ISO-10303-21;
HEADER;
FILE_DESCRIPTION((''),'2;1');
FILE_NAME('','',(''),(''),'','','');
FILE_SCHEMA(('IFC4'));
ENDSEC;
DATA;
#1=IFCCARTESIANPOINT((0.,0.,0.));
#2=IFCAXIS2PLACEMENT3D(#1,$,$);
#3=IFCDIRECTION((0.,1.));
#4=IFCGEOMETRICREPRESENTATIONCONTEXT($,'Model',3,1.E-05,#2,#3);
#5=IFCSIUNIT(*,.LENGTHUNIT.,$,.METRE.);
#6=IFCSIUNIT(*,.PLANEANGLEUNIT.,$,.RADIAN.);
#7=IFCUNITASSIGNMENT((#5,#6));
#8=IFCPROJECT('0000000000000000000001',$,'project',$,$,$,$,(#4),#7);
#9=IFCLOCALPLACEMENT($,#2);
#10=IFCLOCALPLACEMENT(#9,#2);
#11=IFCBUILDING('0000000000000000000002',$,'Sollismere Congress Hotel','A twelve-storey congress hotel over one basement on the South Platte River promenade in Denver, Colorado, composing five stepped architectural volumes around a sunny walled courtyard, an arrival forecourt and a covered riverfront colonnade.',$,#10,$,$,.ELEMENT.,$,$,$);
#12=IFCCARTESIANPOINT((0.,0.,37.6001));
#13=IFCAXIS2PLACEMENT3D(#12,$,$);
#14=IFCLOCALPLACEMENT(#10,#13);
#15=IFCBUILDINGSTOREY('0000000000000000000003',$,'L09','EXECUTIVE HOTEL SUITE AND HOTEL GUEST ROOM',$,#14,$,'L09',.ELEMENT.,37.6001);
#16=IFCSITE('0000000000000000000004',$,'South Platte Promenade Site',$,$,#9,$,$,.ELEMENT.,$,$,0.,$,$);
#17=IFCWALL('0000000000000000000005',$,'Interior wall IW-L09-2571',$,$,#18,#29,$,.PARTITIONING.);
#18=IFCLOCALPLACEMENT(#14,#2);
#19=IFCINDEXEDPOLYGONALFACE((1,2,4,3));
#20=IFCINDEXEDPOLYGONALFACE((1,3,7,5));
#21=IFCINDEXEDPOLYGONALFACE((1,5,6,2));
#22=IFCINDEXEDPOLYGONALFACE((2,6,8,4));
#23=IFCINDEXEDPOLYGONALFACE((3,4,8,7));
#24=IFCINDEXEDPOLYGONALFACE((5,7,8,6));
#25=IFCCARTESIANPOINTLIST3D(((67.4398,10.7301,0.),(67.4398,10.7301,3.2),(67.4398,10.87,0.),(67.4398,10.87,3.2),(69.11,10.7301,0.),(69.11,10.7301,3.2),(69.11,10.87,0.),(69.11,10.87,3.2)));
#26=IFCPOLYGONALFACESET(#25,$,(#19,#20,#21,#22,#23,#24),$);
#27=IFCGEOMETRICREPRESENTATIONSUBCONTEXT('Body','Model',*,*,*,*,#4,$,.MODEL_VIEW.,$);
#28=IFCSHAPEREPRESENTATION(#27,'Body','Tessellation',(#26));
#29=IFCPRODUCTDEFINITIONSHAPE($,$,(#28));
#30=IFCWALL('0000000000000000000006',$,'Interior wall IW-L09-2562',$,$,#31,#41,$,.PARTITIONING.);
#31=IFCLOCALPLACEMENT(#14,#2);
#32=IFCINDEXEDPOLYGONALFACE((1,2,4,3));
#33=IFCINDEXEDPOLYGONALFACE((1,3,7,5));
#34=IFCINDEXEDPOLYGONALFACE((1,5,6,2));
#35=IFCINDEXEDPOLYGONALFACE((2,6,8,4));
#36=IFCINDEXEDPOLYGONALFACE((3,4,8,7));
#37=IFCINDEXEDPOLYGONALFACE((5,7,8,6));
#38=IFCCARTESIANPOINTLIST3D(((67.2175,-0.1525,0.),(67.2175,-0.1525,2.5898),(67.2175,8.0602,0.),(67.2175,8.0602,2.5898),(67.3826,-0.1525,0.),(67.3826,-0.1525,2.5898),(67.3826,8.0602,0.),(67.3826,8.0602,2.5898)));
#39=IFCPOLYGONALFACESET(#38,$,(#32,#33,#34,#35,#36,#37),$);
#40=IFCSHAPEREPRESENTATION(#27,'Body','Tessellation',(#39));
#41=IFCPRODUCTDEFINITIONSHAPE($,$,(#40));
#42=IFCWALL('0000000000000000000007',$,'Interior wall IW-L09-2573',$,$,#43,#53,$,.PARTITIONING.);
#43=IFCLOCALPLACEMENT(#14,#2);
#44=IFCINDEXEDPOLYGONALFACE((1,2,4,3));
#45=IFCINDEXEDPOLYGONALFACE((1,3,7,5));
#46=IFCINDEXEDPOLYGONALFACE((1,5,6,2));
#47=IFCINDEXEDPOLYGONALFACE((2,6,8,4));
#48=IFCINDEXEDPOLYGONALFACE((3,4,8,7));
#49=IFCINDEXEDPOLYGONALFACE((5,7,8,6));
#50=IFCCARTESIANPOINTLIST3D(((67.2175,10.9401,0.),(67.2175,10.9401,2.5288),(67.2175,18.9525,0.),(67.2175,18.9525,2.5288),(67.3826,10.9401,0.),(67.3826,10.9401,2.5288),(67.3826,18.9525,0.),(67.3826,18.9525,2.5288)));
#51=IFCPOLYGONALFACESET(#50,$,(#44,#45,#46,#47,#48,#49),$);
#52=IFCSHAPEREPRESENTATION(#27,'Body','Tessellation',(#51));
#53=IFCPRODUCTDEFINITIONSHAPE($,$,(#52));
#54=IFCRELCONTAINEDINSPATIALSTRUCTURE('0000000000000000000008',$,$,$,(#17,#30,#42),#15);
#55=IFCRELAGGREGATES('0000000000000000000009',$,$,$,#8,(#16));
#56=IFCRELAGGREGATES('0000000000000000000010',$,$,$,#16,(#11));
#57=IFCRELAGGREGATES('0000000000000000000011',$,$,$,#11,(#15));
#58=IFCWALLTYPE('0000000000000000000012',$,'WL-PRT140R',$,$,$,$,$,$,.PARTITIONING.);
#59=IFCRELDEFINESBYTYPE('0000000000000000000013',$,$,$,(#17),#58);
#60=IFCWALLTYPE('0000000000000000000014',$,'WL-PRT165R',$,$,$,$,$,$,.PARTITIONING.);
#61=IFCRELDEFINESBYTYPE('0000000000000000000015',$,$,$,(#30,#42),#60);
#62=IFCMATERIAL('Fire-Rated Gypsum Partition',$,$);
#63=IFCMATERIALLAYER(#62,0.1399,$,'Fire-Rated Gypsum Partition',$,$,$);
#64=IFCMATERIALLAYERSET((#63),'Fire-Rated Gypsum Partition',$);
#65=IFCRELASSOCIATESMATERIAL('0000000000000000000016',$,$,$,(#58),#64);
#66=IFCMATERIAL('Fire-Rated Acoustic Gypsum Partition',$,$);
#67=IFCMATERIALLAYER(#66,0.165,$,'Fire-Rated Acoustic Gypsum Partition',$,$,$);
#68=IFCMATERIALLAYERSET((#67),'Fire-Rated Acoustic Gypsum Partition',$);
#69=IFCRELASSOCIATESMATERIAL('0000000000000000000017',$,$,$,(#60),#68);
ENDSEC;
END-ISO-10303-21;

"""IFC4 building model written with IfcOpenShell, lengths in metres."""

from ifc_helpers import new_model, si_unit, direction, frame, frame_2d, origin, place, context, subcontext, project, spatial, rectangle, extrude, material, layer, layer_set, type_object, element, save


model = new_model("IFC4")

# Units and contexts
model_context = context("Model", 3, precision=1e-05, world=origin(), true_north=direction((0.0, 1.0)))
body_context = subcontext(model_context, "Body", "Model", "MODEL_VIEW")
ifc_project = project(units=[si_unit("LENGTHUNIT", "METRE"), si_unit("PLANEANGLEUNIT", "RADIAN")], contexts=[model_context])

# Site, building, storey
site_placement = place(None, origin())
site = spatial("IfcSite", under=ifc_project, at=site_placement, Name="South Platte Promenade Site", CompositionType="ELEMENT", RefElevation=0.0)
building_placement = place(site_placement, origin())
building = spatial("IfcBuilding", under=site, at=building_placement, Name="Sollismere Congress Hotel", Description="A twelve-storey congress hotel over one basement on the South Platte River promenade in Denver, Colorado, composing five stepped architectural volumes around a sunny walled courtyard, an arrival forecourt and a covered riverfront colonnade.", CompositionType="ELEMENT")
storey_placement = place(building_placement, frame((0.0, 0.0, 37.6001)))
storey = spatial("IfcBuildingStorey", under=building, at=storey_placement, Name="L09", Description="EXECUTIVE HOTEL SUITE AND HOTEL GUEST ROOM", LongName="L09", CompositionType="ELEMENT", Elevation=37.6001)

# Walls
ifc_material_1 = material(Name="Fire-Rated Gypsum Partition")
ifc_layer_1 = layer(ifc_material_1, 0.1399, Name="Fire-Rated Gypsum Partition")
ifc_layer_set_1 = layer_set([ifc_layer_1], Name="Fire-Rated Gypsum Partition")
wall_type_1 = type_object("IfcWallType", Name="WL-PRT140R", PredefinedType="PARTITIONING", material=ifc_layer_set_1)
wall_1_placement = place(storey_placement, frame((67.4399, 10.8, 0.0), z_axis=(0.0, 0.0, 1.0), x_axis=(1.0, 0.0, 0.0)))
element("IfcWall", 1, at=wall_1_placement, inside=storey, type_object=wall_type_1, Name="Interior wall IW-L09-2571", PredefinedType="PARTITIONING", context=body_context, shape_type="SweptSolid", body=[
    extrude(rectangle(XDim=1.6702, YDim=0.1399, at=frame_2d((0.835, 0.0))), origin(), (0.0, 0.0, 1.0), 3.2),
])
ifc_material_2 = material(Name="Fire-Rated Acoustic Gypsum Partition")
ifc_layer_2 = layer(ifc_material_2, 0.165, Name="Fire-Rated Acoustic Gypsum Partition")
ifc_layer_set_2 = layer_set([ifc_layer_2], Name="Fire-Rated Acoustic Gypsum Partition")
wall_type_2 = type_object("IfcWallType", Name="WL-PRT165R", PredefinedType="PARTITIONING", material=ifc_layer_set_2)
wall_2_placement = place(storey_placement, frame((67.3, -0.1526, 0.0), z_axis=(0.0, 0.0, 1.0), x_axis=(0.0, 1.0, 0.0)))
element("IfcWall", 2, at=wall_2_placement, inside=storey, type_object=wall_type_2, Name="Interior wall IW-L09-2562", PredefinedType="PARTITIONING", context=body_context, shape_type="SweptSolid", body=[
    extrude(rectangle(XDim=8.2126, YDim=0.165, at=frame_2d((4.1064, 0.0))), origin(), (0.0, 0.0, 1.0), 2.5898),
])
wall_3_placement = place(storey_placement, frame((67.3, 10.9399, 0.0), z_axis=(0.0, 0.0, 1.0), x_axis=(0.0, 1.0, 0.0)))
element("IfcWall", 3, at=wall_3_placement, inside=storey, type_object=wall_type_2, Name="Interior wall IW-L09-2573", PredefinedType="PARTITIONING", context=body_context, shape_type="SweptSolid", body=[
    extrude(rectangle(XDim=8.0125, YDim=0.165, at=frame_2d((4.0063, 0.0))), origin(), (0.0, 0.0, 1.0), 2.5288),
])

save(model, "model.ifc")
